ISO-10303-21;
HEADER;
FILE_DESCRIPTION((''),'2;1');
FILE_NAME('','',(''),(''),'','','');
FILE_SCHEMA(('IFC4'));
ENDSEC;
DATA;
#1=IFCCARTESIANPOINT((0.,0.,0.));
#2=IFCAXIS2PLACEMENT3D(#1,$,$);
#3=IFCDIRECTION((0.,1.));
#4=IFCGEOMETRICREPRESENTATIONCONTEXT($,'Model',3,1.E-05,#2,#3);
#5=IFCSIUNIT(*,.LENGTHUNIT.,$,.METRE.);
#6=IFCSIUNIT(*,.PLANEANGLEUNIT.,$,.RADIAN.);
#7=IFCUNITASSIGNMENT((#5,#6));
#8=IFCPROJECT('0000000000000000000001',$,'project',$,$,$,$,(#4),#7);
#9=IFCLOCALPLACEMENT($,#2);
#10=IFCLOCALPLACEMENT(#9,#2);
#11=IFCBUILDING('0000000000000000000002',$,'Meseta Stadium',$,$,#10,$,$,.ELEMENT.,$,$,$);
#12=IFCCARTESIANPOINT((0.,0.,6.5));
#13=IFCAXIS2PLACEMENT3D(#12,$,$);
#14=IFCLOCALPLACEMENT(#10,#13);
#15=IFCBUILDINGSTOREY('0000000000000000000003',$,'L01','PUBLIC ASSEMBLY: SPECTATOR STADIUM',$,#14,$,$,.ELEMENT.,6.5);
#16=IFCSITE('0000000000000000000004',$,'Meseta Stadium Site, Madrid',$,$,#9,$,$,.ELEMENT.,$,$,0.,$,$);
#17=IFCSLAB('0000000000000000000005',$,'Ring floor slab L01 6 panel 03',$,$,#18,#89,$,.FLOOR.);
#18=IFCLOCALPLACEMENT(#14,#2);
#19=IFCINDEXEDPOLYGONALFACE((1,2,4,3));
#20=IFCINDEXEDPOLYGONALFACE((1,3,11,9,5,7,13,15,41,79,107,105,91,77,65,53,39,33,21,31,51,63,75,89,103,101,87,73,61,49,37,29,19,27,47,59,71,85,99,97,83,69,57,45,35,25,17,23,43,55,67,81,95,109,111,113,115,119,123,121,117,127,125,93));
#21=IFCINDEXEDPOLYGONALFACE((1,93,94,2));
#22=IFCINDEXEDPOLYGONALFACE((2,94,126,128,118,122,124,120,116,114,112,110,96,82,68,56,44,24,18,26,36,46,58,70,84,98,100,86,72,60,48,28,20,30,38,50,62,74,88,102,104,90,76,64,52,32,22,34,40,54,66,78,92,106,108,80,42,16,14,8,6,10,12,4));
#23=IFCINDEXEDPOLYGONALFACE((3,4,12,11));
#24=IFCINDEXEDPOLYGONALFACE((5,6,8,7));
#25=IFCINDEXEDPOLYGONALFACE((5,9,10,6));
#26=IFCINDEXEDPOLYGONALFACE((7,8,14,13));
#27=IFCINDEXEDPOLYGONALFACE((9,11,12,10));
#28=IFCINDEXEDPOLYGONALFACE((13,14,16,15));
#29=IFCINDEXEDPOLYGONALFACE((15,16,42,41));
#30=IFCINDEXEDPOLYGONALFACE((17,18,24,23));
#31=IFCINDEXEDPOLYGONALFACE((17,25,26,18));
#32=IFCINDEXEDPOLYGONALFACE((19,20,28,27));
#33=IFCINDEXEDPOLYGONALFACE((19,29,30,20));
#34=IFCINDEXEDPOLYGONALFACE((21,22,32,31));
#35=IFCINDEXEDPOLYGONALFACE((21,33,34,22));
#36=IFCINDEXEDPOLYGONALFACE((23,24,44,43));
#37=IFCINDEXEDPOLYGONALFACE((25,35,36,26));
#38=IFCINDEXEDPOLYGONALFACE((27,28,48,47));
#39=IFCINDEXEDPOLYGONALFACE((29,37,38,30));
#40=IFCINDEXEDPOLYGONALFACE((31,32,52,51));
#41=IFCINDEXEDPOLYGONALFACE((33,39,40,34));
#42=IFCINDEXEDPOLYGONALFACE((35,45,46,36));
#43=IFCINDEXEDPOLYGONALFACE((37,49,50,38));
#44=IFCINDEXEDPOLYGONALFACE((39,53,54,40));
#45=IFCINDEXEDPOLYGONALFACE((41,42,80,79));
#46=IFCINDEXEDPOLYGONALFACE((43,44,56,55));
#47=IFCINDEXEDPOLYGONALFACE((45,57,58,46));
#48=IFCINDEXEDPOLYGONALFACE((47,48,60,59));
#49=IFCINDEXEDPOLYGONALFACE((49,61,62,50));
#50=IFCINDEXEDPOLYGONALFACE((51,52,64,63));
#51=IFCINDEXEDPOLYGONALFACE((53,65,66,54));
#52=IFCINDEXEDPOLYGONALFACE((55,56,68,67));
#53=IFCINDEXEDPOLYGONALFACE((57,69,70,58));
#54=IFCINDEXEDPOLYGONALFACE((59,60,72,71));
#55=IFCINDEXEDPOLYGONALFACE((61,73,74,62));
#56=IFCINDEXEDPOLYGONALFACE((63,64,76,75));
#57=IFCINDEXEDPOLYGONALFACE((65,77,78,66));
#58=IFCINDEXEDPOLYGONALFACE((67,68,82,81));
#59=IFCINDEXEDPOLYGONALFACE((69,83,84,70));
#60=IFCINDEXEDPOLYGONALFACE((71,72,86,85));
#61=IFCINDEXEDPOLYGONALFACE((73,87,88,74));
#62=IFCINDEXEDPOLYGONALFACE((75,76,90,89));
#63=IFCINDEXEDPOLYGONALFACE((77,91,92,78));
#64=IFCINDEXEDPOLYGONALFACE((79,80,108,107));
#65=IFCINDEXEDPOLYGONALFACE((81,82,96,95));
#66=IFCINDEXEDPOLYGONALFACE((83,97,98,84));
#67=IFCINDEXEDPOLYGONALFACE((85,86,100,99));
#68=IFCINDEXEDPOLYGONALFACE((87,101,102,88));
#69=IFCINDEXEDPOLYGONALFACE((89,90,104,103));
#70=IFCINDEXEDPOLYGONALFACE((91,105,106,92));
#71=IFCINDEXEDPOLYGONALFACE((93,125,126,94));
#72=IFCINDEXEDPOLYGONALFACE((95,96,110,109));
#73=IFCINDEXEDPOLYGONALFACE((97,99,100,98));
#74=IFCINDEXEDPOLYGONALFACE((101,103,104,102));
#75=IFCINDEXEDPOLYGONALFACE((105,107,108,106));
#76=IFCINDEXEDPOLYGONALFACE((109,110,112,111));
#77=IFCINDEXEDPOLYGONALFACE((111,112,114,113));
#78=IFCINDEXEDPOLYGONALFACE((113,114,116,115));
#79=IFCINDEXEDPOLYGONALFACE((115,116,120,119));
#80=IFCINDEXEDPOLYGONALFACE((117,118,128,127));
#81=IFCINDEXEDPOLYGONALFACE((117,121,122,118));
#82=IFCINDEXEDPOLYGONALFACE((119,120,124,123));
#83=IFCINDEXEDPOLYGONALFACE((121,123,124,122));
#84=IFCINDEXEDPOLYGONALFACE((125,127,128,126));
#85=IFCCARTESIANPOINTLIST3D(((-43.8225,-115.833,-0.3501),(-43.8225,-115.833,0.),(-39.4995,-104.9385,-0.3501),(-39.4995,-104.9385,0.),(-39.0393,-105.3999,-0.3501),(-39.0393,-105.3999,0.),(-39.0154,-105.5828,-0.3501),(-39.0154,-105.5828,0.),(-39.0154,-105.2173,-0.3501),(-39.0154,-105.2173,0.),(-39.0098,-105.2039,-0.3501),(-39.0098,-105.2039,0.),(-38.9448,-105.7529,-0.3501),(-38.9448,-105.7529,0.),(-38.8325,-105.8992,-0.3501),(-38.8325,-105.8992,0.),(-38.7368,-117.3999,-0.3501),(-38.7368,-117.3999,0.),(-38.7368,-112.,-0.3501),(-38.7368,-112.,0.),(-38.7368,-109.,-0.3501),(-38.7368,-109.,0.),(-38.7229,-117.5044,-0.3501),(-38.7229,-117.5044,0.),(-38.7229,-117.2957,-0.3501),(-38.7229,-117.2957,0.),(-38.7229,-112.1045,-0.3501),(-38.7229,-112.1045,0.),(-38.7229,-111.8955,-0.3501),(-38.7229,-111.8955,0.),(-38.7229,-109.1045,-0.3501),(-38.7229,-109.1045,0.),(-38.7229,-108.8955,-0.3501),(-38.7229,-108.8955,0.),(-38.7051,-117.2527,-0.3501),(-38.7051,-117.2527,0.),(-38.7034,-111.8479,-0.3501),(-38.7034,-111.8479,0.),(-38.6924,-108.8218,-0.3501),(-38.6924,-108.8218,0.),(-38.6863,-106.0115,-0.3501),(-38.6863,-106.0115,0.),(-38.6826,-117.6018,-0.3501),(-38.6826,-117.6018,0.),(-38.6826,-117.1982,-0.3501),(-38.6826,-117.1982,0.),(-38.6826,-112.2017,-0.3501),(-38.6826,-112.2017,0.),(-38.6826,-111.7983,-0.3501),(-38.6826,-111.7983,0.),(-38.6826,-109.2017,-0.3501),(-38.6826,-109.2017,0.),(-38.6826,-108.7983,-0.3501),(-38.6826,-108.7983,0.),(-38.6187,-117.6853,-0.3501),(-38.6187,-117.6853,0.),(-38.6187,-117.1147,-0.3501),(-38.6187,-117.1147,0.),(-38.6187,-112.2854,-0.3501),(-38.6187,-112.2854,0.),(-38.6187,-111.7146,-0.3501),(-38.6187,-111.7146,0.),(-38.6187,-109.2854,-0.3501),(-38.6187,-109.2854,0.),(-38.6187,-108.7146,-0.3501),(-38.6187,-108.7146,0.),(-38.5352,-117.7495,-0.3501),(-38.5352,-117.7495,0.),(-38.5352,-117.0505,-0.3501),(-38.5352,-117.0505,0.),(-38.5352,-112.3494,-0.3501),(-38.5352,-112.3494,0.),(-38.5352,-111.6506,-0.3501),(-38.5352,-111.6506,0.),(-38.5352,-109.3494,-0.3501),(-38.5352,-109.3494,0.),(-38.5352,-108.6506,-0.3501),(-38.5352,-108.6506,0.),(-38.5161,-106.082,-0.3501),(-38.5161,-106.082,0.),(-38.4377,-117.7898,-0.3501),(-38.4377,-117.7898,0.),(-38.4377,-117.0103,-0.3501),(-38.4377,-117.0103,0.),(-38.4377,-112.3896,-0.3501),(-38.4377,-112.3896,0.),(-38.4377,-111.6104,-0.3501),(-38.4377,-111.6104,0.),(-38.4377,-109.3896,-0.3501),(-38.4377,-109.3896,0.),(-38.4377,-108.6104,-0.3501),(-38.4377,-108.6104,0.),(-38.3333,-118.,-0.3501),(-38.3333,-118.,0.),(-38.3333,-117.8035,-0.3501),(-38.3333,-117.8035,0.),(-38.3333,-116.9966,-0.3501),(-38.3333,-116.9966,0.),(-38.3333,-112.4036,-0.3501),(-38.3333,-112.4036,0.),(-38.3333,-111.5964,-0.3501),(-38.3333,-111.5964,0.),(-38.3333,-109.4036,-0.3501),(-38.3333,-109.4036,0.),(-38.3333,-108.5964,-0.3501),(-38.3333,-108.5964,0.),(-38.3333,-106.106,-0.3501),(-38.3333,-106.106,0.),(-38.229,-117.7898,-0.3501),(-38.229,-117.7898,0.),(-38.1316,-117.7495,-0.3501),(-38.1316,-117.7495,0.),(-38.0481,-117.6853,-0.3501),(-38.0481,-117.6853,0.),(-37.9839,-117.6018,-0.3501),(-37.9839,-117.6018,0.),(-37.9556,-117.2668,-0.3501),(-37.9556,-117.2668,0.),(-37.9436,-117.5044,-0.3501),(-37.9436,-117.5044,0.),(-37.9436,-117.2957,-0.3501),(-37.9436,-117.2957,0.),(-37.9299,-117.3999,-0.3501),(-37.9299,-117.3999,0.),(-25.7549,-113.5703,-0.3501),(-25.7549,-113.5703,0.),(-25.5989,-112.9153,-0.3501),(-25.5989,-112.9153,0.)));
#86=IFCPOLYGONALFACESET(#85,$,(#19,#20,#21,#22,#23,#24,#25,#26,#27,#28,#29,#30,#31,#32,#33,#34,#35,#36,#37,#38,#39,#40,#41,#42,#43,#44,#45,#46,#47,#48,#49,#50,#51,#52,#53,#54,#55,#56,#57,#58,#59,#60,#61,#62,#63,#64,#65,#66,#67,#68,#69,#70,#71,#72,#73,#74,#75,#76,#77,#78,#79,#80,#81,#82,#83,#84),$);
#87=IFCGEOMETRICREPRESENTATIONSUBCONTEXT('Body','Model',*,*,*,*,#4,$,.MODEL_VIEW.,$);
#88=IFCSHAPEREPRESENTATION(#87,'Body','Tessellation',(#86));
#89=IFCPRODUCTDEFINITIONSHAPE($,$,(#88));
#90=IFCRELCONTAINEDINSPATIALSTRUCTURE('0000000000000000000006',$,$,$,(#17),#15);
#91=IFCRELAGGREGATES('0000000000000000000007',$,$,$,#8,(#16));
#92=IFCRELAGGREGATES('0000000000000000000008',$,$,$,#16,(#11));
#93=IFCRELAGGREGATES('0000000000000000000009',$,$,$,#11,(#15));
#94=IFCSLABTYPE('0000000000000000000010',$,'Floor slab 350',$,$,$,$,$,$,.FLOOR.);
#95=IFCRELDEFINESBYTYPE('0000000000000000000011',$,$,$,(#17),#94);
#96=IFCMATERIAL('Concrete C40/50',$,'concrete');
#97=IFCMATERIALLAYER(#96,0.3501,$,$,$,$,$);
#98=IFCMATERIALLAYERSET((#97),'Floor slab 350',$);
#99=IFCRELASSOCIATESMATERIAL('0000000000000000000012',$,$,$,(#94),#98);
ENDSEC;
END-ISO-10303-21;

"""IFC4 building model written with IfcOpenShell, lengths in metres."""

from ifc_helpers import new_model, si_unit, direction, frame, origin, place, context, subcontext, project, spatial, polyline, outline, extrude, material, layer, layer_set, type_object, element, save


model = new_model("IFC4")

# Units and contexts
model_context = context("Model", 3, precision=1e-05, world=origin(), true_north=direction((0.0, 1.0)))
body_context = subcontext(model_context, "Body", "Model", "MODEL_VIEW")
ifc_project = project(units=[si_unit("LENGTHUNIT", "METRE"), si_unit("PLANEANGLEUNIT", "RADIAN")], contexts=[model_context])

# Site, building, storey
site_placement = place(None, origin())
site = spatial("IfcSite", under=ifc_project, at=site_placement, Name="Meseta Stadium Site, Madrid", CompositionType="ELEMENT", RefElevation=0.0)
building_placement = place(site_placement, origin())
building = spatial("IfcBuilding", under=site, at=building_placement, Name="Meseta Stadium", CompositionType="ELEMENT")
storey_placement = place(building_placement, frame((0.0, 0.0, 6.5)))
storey = spatial("IfcBuildingStorey", under=building, at=storey_placement, Name="L01", Description="PUBLIC ASSEMBLY: SPECTATOR STADIUM", CompositionType="ELEMENT", Elevation=6.5)

# Slab
ifc_material = material(Name="Concrete C40/50", Category="concrete")
ifc_layer = layer(ifc_material, 0.3501)
ifc_layer_set = layer_set([ifc_layer], Name="Floor slab 350")
slab_type = type_object("IfcSlabType", Name="Floor slab 350", PredefinedType="FLOOR", material=ifc_layer_set)
slab_1_placement = place(storey_placement, frame((0.0, 0.0, -0.3501)))
element("IfcSlab", 1, at=slab_1_placement, inside=storey, type_object=slab_type, Name="Ring floor slab L01 6 panel 03", PredefinedType="FLOOR", context=body_context, shape_type="SweptSolid", body=[
    extrude(outline(polyline([(-39.0098, -105.2039), (-39.4995, -104.9385), (-43.8225, -115.833), (-38.3333, -118.0), (-25.7549, -113.5703), (-25.5989, -112.9153), (-37.9556, -117.2668), (-37.9436, -117.2957), (-37.9299, -117.3999), (-37.9436, -117.5044), (-37.9839, -117.6018), (-38.0481, -117.6853), (-38.1316, -117.7495), (-38.229, -117.7898), (-38.3333, -117.8035), (-38.4377, -117.7898), (-38.5352, -117.7495), (-38.6187, -117.6853), (-38.6826, -117.6018), (-38.7229, -117.5044), (-38.7368, -117.3999), (-38.7229, -117.2957), (-38.7051, -117.2527), (-38.6826, -117.1982), (-38.6187, -117.1147), (-38.5352, -117.0505), (-38.4377, -117.0103), (-38.3333, -116.9966), (-38.3333, -112.4036), (-38.4377, -112.3896), (-38.5352, -112.3494), (-38.6187, -112.2854), (-38.6826, -112.2017), (-38.7229, -112.1045), (-38.7368, -112.0), (-38.7229, -111.8955), (-38.7034, -111.8479), (-38.6826, -111.7983), (-38.6187, -111.7146), (-38.5352, -111.6506), (-38.4377, -111.6104), (-38.3333, -111.5964), (-38.3333, -109.4036), (-38.4377, -109.3896), (-38.5352, -109.3494), (-38.6187, -109.2854), (-38.6826, -109.2017), (-38.7229, -109.1045), (-38.7368, -109.0), (-38.7229, -108.8955), (-38.6924, -108.8218), (-38.6826, -108.7983), (-38.6187, -108.7146), (-38.5352, -108.6506), (-38.4377, -108.6104), (-38.3333, -108.5964), (-38.3333, -106.106), (-38.5161, -106.082), (-38.6863, -106.0115), (-38.8325, -105.8992), (-38.9448, -105.7529), (-39.0154, -105.5828), (-39.0393, -105.3999), (-39.0154, -105.2173), (-39.0098, -105.2039)])), origin(), (0.0, 0.0, 1.0), 0.3501),
])

save(model, "model.ifc")
